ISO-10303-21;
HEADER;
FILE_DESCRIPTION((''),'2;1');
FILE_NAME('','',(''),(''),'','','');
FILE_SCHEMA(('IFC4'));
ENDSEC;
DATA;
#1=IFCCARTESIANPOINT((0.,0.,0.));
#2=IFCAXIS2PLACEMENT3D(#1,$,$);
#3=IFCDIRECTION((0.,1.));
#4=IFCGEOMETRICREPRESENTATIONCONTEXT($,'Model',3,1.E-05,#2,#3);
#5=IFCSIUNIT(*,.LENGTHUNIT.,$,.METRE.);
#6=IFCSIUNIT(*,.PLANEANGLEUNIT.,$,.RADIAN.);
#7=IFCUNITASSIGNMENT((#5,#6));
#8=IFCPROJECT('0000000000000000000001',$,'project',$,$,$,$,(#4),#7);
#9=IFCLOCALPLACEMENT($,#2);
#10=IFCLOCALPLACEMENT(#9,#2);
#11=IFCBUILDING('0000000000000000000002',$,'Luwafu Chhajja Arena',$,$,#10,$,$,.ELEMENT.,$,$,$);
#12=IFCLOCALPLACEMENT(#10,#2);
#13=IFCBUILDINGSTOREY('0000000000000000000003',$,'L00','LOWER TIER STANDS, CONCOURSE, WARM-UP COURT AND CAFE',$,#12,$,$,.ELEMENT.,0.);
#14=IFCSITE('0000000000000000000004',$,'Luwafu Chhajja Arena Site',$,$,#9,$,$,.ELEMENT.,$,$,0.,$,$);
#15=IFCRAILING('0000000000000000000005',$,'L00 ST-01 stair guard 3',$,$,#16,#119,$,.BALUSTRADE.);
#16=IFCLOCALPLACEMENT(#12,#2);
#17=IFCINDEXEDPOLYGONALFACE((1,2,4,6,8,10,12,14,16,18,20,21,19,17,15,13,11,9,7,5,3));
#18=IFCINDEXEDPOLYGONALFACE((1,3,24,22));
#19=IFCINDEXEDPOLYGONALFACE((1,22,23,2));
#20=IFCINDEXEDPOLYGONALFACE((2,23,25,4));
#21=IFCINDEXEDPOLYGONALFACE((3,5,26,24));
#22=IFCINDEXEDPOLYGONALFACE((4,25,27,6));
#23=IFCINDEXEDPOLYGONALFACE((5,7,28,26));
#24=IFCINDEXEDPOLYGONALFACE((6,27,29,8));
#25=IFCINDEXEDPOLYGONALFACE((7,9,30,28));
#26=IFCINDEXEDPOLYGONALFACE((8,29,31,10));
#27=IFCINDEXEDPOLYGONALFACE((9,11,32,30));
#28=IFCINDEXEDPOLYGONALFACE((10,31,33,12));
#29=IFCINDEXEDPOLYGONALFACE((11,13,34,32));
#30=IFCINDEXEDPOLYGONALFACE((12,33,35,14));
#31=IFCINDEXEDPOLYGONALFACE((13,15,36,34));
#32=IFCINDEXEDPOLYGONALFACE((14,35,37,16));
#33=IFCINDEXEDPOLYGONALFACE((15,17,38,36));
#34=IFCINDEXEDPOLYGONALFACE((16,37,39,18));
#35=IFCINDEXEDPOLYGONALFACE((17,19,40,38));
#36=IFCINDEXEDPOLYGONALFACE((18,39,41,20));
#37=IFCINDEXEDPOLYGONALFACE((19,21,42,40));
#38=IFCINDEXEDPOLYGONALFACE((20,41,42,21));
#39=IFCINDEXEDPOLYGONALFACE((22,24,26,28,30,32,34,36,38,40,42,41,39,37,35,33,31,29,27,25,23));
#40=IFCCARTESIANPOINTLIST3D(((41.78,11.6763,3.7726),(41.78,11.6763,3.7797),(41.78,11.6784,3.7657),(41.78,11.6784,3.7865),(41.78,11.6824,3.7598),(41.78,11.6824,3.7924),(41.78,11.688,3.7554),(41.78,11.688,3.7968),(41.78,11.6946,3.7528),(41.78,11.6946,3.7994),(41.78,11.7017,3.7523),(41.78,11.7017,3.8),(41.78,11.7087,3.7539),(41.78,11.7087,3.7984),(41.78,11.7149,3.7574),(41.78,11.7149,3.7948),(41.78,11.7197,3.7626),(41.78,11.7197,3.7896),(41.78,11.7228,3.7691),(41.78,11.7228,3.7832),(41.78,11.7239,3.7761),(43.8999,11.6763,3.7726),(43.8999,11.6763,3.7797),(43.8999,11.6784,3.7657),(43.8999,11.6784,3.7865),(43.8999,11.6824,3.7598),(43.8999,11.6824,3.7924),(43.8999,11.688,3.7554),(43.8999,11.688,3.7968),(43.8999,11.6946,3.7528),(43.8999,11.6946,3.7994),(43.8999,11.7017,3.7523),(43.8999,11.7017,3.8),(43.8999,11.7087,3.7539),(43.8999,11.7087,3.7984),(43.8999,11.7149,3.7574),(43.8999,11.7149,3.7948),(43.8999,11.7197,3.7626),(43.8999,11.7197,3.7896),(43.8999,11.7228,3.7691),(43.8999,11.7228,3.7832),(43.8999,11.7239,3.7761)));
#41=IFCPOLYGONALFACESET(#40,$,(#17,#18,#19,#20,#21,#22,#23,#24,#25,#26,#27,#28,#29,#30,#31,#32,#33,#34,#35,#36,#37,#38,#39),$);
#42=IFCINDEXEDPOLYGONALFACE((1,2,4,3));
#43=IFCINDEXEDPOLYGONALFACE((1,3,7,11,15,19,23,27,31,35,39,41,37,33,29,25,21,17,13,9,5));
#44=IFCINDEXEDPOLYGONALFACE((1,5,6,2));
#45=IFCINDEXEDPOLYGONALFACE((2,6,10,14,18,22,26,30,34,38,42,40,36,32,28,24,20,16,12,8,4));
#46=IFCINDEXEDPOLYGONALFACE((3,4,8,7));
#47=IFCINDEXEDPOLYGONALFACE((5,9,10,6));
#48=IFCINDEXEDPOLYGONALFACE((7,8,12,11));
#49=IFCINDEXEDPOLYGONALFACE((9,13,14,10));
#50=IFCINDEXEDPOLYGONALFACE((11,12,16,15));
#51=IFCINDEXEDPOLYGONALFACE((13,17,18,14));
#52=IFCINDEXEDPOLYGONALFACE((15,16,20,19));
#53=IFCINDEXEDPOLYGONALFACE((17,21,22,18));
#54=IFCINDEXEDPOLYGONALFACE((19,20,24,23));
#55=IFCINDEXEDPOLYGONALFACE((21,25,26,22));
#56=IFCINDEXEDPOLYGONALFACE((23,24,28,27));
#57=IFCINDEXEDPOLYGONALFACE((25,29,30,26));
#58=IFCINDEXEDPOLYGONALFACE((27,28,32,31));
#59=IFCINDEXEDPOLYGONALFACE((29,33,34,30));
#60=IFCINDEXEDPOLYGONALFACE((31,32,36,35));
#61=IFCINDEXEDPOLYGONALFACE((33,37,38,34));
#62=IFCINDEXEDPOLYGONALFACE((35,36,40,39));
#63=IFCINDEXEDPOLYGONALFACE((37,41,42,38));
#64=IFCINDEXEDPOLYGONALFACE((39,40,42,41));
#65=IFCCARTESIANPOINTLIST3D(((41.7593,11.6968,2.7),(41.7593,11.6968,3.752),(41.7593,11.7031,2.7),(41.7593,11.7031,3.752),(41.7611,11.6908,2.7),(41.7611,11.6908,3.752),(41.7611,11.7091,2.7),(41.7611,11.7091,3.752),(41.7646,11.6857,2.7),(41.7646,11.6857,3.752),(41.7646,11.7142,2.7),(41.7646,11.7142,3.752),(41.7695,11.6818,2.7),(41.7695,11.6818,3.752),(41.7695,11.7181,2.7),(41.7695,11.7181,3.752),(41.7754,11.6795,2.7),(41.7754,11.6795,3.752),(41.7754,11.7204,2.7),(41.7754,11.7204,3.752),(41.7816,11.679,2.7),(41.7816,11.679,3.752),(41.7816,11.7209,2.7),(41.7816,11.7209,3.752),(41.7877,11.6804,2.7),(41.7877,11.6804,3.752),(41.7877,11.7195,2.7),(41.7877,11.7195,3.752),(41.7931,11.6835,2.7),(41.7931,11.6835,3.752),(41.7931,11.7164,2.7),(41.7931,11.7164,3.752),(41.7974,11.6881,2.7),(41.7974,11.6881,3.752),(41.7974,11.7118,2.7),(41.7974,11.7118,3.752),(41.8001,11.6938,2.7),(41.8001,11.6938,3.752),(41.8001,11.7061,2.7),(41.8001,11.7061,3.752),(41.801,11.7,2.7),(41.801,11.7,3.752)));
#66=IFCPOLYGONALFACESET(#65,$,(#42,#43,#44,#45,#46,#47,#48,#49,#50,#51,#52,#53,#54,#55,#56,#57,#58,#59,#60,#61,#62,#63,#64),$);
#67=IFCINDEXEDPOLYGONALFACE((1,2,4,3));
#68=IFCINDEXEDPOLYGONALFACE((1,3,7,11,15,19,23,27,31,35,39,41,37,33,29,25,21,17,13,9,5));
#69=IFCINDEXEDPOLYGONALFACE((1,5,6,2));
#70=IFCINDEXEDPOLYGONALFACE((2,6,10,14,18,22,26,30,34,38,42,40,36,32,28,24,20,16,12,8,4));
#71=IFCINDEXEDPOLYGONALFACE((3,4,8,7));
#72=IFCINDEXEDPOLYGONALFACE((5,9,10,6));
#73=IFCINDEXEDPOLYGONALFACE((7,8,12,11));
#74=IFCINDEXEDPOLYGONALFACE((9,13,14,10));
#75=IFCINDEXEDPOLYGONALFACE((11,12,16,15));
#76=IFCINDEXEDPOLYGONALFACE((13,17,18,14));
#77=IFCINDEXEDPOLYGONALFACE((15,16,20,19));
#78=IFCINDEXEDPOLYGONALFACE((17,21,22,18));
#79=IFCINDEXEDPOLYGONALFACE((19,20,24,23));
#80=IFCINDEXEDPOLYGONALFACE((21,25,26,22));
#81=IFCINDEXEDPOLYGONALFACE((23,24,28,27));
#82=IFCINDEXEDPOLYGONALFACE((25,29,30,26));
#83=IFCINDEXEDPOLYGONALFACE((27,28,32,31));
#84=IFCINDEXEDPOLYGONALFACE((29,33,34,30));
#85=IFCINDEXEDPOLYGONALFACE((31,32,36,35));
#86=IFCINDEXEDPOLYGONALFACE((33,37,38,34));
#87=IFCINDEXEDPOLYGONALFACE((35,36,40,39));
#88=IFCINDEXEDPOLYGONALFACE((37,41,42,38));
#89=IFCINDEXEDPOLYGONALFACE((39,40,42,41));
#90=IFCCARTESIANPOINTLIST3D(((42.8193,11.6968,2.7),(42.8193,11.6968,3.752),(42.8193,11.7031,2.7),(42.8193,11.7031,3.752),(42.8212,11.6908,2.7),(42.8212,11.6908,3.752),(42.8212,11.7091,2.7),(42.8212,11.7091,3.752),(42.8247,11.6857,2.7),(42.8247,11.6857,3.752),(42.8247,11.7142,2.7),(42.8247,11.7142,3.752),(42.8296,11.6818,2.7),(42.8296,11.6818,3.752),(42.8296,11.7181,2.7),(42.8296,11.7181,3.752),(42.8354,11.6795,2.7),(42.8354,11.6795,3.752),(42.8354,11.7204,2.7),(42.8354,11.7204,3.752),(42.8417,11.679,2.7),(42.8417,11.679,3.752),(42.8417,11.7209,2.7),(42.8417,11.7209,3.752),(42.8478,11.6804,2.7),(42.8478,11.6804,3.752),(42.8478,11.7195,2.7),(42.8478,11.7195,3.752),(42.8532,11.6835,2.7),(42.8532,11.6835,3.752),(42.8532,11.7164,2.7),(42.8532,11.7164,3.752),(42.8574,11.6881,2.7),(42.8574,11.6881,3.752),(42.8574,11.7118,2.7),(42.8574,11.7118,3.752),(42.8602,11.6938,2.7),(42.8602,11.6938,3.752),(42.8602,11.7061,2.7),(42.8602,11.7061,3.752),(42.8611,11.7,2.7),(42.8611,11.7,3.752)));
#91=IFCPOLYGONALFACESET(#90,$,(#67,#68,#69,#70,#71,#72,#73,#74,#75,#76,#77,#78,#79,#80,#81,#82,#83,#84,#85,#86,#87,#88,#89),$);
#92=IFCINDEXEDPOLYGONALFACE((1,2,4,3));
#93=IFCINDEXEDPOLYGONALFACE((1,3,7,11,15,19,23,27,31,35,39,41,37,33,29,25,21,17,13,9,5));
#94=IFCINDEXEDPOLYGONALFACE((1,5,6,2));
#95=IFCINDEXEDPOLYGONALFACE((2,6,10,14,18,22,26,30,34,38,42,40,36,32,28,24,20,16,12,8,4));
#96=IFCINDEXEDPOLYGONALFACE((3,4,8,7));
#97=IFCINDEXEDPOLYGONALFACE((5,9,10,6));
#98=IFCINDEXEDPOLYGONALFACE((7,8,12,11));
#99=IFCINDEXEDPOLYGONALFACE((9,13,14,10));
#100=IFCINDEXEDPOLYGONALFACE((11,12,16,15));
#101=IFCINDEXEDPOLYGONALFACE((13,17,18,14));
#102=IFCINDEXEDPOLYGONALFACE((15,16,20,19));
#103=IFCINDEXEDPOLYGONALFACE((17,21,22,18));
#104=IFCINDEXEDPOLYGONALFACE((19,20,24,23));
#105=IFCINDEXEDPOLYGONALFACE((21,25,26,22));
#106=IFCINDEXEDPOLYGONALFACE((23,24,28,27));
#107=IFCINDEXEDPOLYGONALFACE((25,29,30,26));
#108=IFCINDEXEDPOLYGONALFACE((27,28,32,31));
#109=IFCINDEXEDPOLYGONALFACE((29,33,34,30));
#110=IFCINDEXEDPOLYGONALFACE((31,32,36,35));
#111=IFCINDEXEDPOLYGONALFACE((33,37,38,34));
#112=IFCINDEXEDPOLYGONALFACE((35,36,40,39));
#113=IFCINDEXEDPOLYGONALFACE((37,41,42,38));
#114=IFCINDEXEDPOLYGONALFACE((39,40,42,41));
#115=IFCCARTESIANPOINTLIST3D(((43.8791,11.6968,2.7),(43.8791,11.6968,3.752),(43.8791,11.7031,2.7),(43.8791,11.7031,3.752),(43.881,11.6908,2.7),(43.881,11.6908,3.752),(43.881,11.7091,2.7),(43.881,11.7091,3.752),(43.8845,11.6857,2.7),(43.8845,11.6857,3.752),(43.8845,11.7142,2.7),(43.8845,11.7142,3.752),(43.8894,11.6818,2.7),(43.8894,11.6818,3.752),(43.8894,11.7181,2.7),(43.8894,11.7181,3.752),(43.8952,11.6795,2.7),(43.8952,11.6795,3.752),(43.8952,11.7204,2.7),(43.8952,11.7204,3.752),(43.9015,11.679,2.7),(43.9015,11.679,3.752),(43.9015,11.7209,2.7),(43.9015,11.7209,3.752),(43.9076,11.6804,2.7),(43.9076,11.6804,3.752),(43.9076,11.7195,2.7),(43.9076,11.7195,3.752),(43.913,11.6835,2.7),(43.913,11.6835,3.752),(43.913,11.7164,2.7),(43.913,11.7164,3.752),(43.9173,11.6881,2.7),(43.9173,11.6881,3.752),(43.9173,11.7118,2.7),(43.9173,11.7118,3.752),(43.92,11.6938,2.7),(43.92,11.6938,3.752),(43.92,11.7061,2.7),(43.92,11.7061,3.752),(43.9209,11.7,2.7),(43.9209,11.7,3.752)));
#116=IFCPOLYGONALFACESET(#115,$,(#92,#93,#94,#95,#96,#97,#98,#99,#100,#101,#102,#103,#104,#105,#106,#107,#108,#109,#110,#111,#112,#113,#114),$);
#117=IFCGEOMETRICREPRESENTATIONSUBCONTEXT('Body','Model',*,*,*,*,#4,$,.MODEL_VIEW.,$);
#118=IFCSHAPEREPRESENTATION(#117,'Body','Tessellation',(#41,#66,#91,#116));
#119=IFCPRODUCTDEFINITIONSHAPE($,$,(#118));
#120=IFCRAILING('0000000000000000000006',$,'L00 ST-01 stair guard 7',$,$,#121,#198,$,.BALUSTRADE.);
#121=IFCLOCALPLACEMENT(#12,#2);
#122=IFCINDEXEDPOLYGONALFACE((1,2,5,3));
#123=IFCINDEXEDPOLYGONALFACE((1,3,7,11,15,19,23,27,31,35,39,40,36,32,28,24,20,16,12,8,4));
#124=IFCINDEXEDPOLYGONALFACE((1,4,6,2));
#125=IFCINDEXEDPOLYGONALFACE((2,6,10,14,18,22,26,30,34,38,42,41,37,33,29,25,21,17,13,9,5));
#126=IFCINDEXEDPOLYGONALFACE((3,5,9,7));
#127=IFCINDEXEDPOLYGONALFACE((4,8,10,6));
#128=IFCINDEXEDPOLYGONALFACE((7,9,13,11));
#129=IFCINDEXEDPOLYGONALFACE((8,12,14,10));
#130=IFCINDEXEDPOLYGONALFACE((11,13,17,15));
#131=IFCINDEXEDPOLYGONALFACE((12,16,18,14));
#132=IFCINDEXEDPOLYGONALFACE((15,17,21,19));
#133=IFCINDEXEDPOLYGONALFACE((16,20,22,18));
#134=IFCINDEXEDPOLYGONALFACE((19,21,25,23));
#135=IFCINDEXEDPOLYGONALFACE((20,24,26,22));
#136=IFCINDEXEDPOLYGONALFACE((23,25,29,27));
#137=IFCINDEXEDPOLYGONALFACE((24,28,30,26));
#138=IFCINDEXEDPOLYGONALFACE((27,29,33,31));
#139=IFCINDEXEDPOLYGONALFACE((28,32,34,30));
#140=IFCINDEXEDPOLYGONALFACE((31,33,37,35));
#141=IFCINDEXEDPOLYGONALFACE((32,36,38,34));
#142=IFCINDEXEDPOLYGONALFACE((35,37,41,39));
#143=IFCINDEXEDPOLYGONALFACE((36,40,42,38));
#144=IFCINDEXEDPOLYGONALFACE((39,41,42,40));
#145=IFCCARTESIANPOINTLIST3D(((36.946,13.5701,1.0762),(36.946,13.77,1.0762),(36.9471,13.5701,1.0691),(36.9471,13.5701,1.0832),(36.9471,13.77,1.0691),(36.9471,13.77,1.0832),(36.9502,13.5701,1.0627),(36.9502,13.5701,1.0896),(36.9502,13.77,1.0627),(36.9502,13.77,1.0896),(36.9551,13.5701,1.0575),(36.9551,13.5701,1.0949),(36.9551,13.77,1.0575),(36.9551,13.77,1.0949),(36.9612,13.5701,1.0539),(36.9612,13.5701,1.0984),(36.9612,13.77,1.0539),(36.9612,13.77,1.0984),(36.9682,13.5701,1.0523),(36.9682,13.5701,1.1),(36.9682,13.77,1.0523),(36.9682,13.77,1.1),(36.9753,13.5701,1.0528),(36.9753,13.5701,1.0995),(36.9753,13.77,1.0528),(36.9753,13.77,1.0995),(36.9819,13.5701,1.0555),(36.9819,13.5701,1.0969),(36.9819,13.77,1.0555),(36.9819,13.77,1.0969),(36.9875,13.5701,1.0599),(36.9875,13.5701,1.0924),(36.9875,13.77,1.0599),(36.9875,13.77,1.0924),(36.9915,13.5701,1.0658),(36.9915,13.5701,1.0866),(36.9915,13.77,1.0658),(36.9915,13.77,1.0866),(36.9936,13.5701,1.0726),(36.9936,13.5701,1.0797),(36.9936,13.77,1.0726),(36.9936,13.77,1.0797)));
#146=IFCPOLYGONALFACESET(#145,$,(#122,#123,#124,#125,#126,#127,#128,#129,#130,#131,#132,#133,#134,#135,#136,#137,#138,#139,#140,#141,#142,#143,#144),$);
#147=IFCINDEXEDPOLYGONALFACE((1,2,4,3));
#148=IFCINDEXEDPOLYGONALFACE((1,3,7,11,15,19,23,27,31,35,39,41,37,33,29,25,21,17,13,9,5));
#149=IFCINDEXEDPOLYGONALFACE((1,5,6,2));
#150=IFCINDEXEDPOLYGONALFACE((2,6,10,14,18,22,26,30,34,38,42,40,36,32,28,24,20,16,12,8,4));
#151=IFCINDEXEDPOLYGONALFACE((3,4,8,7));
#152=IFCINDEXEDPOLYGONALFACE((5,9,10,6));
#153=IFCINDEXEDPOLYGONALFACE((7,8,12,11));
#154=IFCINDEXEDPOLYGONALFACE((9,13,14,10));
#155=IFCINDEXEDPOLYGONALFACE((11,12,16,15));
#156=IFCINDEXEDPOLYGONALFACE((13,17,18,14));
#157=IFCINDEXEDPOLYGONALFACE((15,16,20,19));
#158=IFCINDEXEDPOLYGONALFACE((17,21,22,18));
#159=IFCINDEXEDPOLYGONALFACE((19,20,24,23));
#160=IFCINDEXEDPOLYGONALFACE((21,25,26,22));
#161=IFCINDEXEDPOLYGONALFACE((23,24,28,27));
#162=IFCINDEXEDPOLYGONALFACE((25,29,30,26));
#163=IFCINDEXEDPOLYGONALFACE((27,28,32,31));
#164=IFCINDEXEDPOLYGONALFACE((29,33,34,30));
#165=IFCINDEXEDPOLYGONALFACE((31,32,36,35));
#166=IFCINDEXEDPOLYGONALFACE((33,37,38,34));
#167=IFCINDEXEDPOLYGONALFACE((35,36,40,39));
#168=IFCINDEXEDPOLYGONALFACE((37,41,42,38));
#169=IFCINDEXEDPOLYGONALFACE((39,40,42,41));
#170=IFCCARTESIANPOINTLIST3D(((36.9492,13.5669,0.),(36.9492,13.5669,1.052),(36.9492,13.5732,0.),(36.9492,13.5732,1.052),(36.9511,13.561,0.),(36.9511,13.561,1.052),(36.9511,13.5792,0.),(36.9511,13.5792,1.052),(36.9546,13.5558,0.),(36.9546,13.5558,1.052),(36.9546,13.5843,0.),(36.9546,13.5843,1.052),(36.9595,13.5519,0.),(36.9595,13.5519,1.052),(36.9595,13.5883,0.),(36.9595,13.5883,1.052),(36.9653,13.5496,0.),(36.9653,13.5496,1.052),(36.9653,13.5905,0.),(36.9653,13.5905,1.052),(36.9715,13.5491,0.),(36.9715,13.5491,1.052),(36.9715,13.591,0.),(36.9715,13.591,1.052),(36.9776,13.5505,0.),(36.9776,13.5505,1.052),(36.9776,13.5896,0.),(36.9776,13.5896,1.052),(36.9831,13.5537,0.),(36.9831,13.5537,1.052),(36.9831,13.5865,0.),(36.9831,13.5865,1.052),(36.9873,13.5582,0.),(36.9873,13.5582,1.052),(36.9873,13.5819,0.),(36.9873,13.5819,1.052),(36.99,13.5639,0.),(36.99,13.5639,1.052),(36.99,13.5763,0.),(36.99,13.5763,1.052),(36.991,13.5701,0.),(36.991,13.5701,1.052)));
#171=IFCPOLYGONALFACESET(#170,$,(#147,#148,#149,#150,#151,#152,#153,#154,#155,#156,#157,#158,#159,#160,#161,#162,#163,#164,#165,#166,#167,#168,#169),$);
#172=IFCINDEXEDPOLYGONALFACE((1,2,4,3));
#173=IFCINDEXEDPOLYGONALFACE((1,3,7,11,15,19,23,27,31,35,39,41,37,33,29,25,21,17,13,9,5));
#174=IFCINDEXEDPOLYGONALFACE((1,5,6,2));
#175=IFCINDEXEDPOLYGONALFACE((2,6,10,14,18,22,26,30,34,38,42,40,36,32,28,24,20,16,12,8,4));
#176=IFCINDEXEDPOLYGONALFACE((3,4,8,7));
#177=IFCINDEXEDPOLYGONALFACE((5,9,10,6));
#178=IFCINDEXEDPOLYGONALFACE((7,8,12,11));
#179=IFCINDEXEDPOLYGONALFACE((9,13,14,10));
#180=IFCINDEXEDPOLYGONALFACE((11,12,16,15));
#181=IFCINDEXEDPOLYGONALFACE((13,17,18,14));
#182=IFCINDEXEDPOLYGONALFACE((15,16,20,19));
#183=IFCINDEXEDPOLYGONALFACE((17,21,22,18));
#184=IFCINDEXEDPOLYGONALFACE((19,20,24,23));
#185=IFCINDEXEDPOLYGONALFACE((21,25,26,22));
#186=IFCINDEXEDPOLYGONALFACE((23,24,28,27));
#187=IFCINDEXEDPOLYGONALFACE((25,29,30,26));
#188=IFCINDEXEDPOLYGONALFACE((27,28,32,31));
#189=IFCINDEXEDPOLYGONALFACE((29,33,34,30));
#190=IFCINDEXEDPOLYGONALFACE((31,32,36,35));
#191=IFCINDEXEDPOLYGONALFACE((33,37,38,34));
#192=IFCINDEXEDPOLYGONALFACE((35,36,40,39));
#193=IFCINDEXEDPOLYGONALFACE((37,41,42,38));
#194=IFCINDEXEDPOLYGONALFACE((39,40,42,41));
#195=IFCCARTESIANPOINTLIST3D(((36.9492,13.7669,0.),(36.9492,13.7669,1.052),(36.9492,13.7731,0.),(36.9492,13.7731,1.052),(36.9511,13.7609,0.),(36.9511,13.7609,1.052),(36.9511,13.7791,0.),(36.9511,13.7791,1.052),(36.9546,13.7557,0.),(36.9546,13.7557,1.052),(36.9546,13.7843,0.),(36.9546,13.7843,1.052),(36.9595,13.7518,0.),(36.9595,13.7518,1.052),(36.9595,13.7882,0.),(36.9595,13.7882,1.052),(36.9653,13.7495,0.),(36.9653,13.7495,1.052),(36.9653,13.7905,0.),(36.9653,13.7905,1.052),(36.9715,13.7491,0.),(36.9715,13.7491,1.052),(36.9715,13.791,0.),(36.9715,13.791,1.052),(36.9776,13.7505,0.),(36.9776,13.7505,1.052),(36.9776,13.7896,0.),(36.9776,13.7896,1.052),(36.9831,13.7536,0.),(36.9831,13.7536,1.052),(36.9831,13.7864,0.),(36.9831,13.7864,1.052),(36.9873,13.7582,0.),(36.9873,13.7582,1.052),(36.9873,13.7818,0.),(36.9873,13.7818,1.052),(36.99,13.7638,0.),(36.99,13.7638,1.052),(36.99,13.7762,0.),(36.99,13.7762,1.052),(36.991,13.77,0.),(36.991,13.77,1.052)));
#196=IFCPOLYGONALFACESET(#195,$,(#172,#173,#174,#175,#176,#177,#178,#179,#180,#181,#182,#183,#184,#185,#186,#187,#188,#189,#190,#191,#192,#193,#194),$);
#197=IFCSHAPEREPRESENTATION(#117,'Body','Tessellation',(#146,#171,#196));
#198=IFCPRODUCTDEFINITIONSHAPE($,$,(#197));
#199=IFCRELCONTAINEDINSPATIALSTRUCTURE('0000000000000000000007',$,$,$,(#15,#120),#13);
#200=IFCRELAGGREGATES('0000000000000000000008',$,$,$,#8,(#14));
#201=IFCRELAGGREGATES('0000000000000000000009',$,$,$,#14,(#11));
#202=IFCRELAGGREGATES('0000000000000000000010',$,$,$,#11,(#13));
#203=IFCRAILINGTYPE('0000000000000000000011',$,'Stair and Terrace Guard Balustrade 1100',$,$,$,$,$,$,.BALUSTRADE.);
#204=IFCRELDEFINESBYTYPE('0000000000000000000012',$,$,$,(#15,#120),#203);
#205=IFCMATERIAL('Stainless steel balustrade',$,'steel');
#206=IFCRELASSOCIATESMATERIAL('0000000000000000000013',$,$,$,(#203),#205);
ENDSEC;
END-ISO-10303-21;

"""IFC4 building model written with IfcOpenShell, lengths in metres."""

from ifc_helpers import new_model, si_unit, direction, frame, origin, origin_2d, place, context, subcontext, project, spatial, circle, extrude, material, type_object, element, save


model = new_model("IFC4")

# Units and contexts
model_context = context("Model", 3, precision=1e-05, world=origin(), true_north=direction((0.0, 1.0)))
body_context = subcontext(model_context, "Body", "Model", "MODEL_VIEW")
ifc_project = project(units=[si_unit("LENGTHUNIT", "METRE"), si_unit("PLANEANGLEUNIT", "RADIAN")], contexts=[model_context])

# Site, building, storey
site_placement = place(None, origin())
site = spatial("IfcSite", under=ifc_project, at=site_placement, Name="Luwafu Chhajja Arena Site", CompositionType="ELEMENT", RefElevation=0.0)
building_placement = place(site_placement, origin())
building = spatial("IfcBuilding", under=site, at=building_placement, Name="Luwafu Chhajja Arena", CompositionType="ELEMENT")
storey_placement = place(building_placement, origin())
storey = spatial("IfcBuildingStorey", under=building, at=storey_placement, Name="L00", Description="LOWER TIER STANDS, CONCOURSE, WARM-UP COURT AND CAFE", CompositionType="ELEMENT", Elevation=0.0)

# Railings
ifc_material_1 = material(Name="Stainless steel balustrade", Category="steel")
railing_type_1 = type_object("IfcRailingType", Name="Stair and Terrace Guard Balustrade 1100", PredefinedType="BALUSTRADE", material=ifc_material_1)
railing_1_placement = place(storey_placement, frame((41.78, 11.7, 2.7)))
element("IfcRailing", 1, at=railing_1_placement, inside=storey, type_object=railing_type_1, Name="L00 ST-01 stair guard 3", PredefinedType="BALUSTRADE", context=body_context, shape_type="SweptSolid", body=[
    extrude(circle(Radius=0.0239, at=origin_2d()), frame((0.0, 0.0, 1.0762), z_axis=(1.0, 0.0, 0.0), x_axis=(0.0, 1.0, 0.0)), (0.0, 0.0, 1.0), 2.1199),
    extrude(circle(Radius=0.021, at=origin_2d()), origin(), (0.0, 0.0, 1.0), 1.052),
    extrude(circle(Radius=0.021, at=origin_2d()), frame((1.0601, 0.0, 0.0)), (0.0, 0.0, 1.0), 1.052),
    extrude(circle(Radius=0.021, at=origin_2d()), frame((2.1199, 0.0, 0.0)), (0.0, 0.0, 1.0), 1.052),
])
railing_2_placement = place(storey_placement, frame((36.97, 13.5701, 0.0)))
element("IfcRailing", 2, at=railing_2_placement, inside=storey, type_object=railing_type_1, Name="L00 ST-01 stair guard 7", PredefinedType="BALUSTRADE", context=body_context, shape_type="SweptSolid", body=[
    extrude(circle(Radius=0.0239, at=origin_2d()), frame((0.0, 0.0, 1.0762), z_axis=(0.0, 1.0, 0.0), x_axis=(-1.0, 0.0, 0.0)), (0.0, 0.0, 1.0), 0.2),
    extrude(circle(Radius=0.021, at=origin_2d()), origin(), (0.0, 0.0, 1.0), 1.052),
    extrude(circle(Radius=0.021, at=origin_2d()), frame((0.0, 0.2, 0.0)), (0.0, 0.0, 1.0), 1.052),
])

save(model, "model.ifc")
